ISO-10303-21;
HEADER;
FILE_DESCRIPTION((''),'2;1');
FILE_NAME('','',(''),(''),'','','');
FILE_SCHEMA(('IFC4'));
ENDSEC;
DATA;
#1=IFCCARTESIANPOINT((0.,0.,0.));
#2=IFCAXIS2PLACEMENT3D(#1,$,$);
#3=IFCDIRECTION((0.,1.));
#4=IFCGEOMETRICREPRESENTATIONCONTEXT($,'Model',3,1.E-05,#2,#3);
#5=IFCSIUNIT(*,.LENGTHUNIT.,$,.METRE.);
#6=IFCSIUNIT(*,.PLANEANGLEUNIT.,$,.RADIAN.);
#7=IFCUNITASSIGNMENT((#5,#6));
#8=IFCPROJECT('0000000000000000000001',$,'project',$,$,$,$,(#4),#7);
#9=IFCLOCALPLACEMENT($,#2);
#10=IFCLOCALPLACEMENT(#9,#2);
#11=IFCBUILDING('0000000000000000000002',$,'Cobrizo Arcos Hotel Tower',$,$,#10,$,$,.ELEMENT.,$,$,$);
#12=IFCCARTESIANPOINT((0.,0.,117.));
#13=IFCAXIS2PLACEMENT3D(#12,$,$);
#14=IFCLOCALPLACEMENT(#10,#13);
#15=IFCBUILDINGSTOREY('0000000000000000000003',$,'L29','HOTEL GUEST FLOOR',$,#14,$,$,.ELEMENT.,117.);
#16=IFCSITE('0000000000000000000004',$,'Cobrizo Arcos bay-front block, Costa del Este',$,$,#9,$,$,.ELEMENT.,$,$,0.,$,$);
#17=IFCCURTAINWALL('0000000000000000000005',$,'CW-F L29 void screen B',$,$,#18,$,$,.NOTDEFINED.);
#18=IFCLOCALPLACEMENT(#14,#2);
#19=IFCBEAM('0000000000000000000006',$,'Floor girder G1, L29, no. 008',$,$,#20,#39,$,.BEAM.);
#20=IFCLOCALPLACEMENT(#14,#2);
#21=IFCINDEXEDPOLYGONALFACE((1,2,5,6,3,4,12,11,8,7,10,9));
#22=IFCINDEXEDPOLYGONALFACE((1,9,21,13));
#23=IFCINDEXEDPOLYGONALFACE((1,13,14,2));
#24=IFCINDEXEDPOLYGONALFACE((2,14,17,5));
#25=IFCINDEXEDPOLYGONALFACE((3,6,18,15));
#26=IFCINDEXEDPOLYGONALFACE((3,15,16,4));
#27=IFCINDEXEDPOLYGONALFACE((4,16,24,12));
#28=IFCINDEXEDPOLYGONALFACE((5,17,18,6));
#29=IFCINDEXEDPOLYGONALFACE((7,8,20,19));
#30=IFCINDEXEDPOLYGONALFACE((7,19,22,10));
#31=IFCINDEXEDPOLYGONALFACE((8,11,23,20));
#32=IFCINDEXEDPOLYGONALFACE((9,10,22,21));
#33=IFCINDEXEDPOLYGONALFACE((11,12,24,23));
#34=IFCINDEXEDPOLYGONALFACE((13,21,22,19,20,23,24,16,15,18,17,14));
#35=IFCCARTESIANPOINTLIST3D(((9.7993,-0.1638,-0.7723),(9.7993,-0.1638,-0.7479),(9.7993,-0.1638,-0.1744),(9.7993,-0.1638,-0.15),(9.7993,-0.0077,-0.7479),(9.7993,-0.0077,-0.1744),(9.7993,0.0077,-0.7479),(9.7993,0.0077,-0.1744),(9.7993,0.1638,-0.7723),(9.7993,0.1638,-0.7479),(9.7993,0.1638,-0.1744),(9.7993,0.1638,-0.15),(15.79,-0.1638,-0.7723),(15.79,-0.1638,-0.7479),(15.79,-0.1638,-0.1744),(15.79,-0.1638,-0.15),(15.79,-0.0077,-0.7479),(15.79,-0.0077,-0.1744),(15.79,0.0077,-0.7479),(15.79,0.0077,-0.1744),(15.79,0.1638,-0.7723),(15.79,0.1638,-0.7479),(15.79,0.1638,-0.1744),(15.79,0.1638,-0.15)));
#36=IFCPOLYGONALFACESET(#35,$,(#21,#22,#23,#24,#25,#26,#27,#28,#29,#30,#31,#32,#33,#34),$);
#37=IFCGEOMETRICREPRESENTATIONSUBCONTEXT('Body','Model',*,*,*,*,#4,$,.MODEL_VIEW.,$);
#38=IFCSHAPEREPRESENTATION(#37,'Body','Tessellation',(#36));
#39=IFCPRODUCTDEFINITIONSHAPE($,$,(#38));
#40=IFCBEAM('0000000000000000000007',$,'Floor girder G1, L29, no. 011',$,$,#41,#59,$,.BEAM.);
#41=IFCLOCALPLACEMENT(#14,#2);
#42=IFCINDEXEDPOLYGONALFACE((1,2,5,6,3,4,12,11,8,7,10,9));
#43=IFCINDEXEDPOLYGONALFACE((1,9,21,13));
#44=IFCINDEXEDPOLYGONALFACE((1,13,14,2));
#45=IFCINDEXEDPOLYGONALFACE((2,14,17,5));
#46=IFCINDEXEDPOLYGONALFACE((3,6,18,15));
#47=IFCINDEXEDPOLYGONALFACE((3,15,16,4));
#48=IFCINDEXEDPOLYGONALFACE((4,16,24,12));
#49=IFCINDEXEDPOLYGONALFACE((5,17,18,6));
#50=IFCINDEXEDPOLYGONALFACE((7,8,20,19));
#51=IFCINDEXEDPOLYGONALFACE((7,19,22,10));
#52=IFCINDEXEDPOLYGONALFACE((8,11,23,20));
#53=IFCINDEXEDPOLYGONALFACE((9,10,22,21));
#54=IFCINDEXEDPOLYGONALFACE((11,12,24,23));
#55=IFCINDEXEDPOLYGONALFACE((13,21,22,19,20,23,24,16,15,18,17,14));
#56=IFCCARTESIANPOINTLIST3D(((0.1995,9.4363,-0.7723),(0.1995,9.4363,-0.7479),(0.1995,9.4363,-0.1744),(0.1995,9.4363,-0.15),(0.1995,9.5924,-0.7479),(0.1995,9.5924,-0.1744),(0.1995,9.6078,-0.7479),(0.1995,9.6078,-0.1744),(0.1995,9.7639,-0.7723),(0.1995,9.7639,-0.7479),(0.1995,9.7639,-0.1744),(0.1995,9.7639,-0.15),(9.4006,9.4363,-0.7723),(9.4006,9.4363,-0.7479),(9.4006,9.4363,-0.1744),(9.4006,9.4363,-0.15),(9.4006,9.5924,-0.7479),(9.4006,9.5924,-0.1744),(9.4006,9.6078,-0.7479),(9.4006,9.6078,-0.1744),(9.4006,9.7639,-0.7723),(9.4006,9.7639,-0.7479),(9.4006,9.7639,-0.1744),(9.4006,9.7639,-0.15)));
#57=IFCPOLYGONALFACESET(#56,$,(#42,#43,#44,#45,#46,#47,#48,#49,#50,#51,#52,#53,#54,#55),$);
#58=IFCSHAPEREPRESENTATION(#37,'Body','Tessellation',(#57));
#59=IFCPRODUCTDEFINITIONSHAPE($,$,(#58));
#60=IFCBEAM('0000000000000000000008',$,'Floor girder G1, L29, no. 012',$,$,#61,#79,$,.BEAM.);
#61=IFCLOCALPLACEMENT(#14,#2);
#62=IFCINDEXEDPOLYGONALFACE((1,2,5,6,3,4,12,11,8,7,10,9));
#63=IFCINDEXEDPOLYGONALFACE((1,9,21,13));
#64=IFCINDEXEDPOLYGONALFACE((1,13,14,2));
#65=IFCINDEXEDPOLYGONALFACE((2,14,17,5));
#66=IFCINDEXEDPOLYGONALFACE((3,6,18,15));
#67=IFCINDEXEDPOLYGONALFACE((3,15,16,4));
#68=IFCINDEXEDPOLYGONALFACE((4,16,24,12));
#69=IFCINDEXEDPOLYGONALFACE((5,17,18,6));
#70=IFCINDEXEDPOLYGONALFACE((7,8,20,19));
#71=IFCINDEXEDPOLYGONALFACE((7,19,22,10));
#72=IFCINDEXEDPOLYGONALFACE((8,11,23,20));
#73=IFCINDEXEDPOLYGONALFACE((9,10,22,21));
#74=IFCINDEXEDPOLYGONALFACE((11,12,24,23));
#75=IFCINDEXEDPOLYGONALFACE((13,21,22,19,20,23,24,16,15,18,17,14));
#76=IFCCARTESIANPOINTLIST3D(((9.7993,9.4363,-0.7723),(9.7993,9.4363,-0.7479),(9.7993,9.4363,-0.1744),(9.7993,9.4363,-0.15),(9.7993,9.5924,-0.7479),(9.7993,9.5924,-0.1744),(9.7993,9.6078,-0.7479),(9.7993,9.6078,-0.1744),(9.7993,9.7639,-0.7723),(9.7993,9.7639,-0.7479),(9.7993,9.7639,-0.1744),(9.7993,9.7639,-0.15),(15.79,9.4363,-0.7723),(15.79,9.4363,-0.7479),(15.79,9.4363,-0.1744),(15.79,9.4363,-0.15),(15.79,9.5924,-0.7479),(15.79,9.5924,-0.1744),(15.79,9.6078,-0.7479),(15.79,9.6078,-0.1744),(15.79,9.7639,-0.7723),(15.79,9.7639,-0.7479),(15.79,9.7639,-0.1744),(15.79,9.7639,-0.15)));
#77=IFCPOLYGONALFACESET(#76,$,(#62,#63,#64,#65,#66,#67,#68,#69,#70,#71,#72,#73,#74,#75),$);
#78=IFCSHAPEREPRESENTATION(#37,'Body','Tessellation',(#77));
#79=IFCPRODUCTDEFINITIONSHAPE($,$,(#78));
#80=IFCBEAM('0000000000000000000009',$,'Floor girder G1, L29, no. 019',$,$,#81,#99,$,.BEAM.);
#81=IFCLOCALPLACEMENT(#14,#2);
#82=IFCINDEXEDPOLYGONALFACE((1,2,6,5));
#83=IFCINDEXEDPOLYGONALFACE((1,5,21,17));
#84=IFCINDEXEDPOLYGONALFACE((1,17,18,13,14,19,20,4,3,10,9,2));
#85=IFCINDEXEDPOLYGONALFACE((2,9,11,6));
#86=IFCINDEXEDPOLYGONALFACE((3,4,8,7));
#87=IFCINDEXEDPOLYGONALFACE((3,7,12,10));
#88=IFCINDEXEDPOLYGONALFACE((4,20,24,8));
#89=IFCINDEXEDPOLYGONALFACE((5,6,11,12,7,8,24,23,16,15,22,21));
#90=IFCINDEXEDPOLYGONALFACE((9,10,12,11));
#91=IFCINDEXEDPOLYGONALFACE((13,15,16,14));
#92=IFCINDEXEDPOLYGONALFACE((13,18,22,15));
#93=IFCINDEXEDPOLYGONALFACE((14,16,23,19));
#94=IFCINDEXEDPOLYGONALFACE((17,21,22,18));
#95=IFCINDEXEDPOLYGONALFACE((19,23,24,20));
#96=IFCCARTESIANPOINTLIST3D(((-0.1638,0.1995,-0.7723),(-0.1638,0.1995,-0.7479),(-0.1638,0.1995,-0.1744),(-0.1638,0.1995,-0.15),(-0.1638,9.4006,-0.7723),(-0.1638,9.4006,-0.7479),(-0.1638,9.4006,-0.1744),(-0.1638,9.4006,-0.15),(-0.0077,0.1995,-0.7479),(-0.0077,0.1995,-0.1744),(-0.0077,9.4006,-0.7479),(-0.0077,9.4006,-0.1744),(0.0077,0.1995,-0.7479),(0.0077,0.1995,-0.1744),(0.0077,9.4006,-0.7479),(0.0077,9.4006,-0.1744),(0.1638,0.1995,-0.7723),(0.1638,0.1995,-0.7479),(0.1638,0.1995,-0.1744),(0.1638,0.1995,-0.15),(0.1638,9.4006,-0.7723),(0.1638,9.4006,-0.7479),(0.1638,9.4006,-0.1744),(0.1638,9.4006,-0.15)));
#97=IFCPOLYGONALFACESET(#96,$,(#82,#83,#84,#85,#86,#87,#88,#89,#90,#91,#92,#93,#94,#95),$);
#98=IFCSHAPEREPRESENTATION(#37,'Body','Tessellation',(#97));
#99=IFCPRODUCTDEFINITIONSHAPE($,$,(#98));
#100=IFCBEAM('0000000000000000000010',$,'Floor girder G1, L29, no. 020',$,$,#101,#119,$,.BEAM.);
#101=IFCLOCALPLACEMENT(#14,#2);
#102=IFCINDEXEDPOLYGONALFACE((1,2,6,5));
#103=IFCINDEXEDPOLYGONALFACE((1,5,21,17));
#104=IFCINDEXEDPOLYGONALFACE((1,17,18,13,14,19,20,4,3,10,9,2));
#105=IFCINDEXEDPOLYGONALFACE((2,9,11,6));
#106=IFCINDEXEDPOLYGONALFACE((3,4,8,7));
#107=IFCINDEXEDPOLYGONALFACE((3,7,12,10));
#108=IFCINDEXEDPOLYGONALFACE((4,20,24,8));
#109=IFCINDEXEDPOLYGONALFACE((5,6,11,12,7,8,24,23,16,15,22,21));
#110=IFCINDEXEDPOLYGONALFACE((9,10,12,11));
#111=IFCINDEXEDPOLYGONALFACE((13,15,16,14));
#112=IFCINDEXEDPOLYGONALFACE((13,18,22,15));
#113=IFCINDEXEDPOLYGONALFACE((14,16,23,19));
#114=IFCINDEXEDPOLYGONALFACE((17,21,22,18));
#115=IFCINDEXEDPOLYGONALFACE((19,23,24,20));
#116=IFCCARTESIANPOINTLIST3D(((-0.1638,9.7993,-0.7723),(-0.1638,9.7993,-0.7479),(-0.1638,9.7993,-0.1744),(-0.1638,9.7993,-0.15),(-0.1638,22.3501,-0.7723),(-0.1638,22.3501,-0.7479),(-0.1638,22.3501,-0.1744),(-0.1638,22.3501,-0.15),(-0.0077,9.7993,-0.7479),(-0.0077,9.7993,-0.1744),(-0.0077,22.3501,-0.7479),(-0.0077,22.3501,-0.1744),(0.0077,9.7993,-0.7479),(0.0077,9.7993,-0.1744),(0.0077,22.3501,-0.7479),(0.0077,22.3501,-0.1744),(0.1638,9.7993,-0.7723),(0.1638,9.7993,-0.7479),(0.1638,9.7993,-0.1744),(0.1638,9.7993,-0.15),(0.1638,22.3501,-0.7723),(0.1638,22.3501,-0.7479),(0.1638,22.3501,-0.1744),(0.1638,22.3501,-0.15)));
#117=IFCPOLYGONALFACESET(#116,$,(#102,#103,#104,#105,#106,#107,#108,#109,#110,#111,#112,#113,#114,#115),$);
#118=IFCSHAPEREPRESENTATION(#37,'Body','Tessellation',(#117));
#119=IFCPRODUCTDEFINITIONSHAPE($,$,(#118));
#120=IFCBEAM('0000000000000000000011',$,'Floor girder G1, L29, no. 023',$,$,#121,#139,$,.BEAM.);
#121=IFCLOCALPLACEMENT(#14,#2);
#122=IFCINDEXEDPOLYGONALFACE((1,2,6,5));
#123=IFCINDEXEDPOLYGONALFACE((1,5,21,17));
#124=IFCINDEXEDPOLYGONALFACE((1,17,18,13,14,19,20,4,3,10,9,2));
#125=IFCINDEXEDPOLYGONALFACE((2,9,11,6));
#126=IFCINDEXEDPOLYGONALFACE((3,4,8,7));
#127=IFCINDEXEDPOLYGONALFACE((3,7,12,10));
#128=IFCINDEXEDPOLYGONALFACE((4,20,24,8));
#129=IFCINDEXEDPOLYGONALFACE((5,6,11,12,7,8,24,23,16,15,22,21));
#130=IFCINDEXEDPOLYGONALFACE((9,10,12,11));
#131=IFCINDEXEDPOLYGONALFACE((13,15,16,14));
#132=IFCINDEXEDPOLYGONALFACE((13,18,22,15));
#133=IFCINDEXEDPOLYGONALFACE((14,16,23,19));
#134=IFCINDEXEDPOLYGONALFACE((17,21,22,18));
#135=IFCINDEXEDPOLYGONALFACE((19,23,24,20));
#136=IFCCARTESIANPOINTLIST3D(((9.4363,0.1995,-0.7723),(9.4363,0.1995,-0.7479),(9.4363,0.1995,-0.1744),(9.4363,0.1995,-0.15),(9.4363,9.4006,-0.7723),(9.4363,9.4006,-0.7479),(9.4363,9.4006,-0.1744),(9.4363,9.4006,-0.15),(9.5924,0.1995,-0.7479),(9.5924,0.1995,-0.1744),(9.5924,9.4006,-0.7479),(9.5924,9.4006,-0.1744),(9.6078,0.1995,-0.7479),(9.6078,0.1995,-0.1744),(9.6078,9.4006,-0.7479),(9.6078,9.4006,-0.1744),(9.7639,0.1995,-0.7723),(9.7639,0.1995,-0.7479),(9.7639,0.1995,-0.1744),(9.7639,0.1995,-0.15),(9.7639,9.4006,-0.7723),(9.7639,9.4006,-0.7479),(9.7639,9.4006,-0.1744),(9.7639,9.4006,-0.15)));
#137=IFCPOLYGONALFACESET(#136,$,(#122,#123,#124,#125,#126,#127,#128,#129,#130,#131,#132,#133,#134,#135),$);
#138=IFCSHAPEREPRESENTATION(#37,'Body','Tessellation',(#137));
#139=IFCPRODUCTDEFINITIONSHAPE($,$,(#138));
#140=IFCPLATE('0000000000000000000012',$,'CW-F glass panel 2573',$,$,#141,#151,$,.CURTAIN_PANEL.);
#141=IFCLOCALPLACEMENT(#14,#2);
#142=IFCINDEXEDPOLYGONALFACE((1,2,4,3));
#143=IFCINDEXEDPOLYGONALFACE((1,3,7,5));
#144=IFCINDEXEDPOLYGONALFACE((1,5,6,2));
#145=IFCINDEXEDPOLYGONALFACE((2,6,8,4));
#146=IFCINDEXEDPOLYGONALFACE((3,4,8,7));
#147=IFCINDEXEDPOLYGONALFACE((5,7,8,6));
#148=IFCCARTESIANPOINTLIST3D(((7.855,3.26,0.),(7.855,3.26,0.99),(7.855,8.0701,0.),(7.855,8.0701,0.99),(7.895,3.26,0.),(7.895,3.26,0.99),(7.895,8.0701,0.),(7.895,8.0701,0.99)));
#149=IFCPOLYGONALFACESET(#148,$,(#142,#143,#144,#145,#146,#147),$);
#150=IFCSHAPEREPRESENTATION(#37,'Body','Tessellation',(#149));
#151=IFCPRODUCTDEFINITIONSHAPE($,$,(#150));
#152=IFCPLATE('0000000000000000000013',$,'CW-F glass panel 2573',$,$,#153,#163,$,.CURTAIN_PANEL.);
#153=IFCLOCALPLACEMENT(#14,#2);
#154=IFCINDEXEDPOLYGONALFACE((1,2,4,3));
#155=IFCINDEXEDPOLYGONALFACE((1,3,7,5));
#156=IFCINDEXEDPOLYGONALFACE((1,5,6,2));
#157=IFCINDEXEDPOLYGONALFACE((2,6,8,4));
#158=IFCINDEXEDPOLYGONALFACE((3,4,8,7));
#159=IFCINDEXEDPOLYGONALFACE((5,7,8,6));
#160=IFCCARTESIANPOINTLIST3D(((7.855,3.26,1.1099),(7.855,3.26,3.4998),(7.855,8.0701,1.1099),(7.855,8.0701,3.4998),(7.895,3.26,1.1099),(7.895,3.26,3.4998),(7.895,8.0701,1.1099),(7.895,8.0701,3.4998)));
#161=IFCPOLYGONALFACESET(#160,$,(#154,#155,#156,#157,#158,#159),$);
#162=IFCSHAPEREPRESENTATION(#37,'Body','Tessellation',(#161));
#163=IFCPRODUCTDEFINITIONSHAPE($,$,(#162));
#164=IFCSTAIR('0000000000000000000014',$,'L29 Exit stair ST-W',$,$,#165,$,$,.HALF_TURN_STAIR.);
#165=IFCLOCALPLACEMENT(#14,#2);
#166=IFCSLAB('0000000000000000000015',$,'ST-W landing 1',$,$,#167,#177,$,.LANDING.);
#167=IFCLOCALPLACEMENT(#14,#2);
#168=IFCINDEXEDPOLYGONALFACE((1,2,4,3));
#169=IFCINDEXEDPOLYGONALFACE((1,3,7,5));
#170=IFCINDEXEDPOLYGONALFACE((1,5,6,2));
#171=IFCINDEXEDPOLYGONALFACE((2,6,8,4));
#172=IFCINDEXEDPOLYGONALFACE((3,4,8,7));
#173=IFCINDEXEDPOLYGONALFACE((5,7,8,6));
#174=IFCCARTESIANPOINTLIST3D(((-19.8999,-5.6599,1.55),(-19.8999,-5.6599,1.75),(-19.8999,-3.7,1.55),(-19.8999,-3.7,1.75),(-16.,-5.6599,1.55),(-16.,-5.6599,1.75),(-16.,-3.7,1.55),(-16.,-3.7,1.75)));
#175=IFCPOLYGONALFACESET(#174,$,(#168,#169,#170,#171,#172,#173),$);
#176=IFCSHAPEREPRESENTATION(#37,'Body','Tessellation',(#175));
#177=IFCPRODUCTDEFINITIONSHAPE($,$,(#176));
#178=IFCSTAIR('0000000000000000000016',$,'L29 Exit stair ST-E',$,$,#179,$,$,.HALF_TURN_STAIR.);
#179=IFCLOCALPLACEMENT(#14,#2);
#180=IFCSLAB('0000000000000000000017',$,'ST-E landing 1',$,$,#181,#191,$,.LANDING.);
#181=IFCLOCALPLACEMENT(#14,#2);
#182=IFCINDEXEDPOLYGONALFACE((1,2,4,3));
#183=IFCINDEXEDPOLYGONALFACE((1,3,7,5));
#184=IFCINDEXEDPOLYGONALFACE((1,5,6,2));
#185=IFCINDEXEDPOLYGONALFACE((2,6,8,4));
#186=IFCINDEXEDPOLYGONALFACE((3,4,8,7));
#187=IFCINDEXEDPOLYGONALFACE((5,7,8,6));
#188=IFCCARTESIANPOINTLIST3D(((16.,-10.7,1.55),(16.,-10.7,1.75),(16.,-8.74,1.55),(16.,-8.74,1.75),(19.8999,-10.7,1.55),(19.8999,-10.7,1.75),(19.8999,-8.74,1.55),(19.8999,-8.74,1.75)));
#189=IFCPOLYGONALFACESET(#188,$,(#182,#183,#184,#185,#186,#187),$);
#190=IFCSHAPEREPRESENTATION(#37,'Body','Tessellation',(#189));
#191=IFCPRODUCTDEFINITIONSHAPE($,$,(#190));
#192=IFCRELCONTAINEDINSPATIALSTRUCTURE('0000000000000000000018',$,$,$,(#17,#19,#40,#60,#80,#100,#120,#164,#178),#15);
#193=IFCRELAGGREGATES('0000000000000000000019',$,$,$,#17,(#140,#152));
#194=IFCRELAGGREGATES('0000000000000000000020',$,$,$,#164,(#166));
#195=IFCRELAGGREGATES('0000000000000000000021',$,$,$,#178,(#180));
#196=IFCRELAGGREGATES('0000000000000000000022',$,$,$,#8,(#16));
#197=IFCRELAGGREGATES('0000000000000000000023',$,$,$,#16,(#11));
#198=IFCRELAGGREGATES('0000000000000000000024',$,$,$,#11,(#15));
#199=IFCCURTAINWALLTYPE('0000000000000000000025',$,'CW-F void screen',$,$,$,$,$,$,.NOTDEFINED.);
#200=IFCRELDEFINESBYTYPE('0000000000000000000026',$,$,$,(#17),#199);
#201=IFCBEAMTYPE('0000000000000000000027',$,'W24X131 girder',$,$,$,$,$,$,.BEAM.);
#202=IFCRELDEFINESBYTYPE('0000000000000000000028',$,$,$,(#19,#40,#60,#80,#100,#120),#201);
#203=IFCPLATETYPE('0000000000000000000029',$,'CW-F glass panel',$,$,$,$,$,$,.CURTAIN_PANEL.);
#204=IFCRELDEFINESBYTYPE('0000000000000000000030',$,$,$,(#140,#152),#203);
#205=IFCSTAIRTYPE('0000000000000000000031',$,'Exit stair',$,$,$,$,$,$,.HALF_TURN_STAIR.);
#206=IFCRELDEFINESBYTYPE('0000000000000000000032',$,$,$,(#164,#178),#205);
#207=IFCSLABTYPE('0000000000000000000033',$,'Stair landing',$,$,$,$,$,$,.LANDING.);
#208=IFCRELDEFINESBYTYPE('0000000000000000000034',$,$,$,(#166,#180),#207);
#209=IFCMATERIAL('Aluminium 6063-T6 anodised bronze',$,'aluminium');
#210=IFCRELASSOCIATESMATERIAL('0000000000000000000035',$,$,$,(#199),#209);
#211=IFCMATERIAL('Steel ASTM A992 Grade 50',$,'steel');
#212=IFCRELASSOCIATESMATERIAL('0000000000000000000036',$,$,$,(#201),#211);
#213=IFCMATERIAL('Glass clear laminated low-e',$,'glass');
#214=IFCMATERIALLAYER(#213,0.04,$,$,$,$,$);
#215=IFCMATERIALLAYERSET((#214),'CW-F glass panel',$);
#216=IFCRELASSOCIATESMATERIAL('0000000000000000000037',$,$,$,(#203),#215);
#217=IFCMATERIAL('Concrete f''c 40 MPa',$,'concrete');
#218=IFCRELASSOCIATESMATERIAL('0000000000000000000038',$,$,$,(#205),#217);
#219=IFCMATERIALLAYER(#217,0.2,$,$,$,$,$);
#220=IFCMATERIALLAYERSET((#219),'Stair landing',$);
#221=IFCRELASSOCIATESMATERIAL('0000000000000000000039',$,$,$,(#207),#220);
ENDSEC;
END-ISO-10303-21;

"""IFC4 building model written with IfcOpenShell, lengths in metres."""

from ifc_helpers import new_model, si_unit, direction, frame, origin, origin_2d, place, context, subcontext, project, spatial, polyline, rectangle, i_section, outline, extrude, material, layer, layer_set, material_profile, profile_set, type_object, element, aggregate, save


model = new_model("IFC4")

# Units and contexts
model_context = context("Model", 3, precision=1e-05, world=origin(), true_north=direction((0.0, 1.0)))
body_context = subcontext(model_context, "Body", "Model", "MODEL_VIEW")
ifc_project = project(units=[si_unit("LENGTHUNIT", "METRE"), si_unit("PLANEANGLEUNIT", "RADIAN")], contexts=[model_context])

# Site, building, storey
site_placement = place(None, origin())
site = spatial("IfcSite", under=ifc_project, at=site_placement, Name="Cobrizo Arcos bay-front block, Costa del Este", CompositionType="ELEMENT", RefElevation=0.0)
building_placement = place(site_placement, origin())
building = spatial("IfcBuilding", under=site, at=building_placement, Name="Cobrizo Arcos Hotel Tower", CompositionType="ELEMENT")
storey_placement = place(building_placement, frame((0.0, 0.0, 117.0)))
storey = spatial("IfcBuildingStorey", under=building, at=storey_placement, Name="L29", Description="HOTEL GUEST FLOOR", CompositionType="ELEMENT", Elevation=117.0)

# Shared definitions
ifc_material_1 = material(Name="Steel ASTM A992 Grade 50", Category="steel")

# Shared definitions
ifc_material_2 = material(Name="Aluminium 6063-T6 anodised bronze", Category="aluminium")
curtain_wall_type = type_object("IfcCurtainWallType", Name="CW-F void screen", PredefinedType="NOTDEFINED", material=ifc_material_2)

# Curtain wall
curtain_wall_1_placement = place(storey_placement, origin())
curtain_wall_1 = element("IfcCurtainWall", 1, at=curtain_wall_1_placement, inside=storey, type_object=curtain_wall_type, Name="CW-F L29 void screen B", PredefinedType="NOTDEFINED")

# Beams
ifc_material_profile_1 = material_profile(ifc_material_1, i_section(OverallWidth=0.3276, OverallDepth=0.6223, WebThickness=0.0154, FlangeThickness=0.0244, at=origin_2d()), Name="W24X131")
ifc_profile_set_1 = profile_set([ifc_material_profile_1], Name="Steel ASTM A992 Grade 50")
beam_type_1 = type_object("IfcBeamType", Name="W24X131 girder", PredefinedType="BEAM", material=ifc_profile_set_1)
beam_1_placement = place(storey_placement, frame((9.7993, 0.0, -0.4612), z_axis=(1.0, 0.0, 0.0), x_axis=(0.0, 1.0, 0.0)))
element("IfcBeam", 2, at=beam_1_placement, inside=storey, type_object=beam_type_1, Name="Floor girder G1, L29, no. 008", PredefinedType="BEAM", context=body_context, shape_type="SweptSolid", body=[
    extrude(i_section(OverallWidth=0.3276, OverallDepth=0.6223, WebThickness=0.0154, FlangeThickness=0.0244, at=origin_2d()), origin(), (0.0, 0.0, 1.0), 5.9907),
])
beam_2_placement = place(storey_placement, frame((0.1995, 9.6001, -0.4612), z_axis=(1.0, 0.0, 0.0), x_axis=(0.0, 1.0, 0.0)))
element("IfcBeam", 3, at=beam_2_placement, inside=storey, type_object=beam_type_1, Name="Floor girder G1, L29, no. 011", PredefinedType="BEAM", context=body_context, shape_type="SweptSolid", body=[
    extrude(i_section(OverallWidth=0.3276, OverallDepth=0.6223, WebThickness=0.0154, FlangeThickness=0.0244, at=origin_2d()), origin(), (0.0, 0.0, 1.0), 9.2012),
])
beam_3_placement = place(storey_placement, frame((9.7993, 9.6001, -0.4612), z_axis=(1.0, 0.0, 0.0), x_axis=(0.0, 1.0, 0.0)))
element("IfcBeam", 4, at=beam_3_placement, inside=storey, type_object=beam_type_1, Name="Floor girder G1, L29, no. 012", PredefinedType="BEAM", context=body_context, shape_type="SweptSolid", body=[
    extrude(i_section(OverallWidth=0.3276, OverallDepth=0.6223, WebThickness=0.0154, FlangeThickness=0.0244, at=origin_2d()), origin(), (0.0, 0.0, 1.0), 5.9907),
])
beam_4_placement = place(storey_placement, frame((0.0, 0.1995, -0.4612), z_axis=(0.0, 1.0, 0.0), x_axis=(-1.0, 0.0, 0.0)))
element("IfcBeam", 5, at=beam_4_placement, inside=storey, type_object=beam_type_1, Name="Floor girder G1, L29, no. 019", PredefinedType="BEAM", context=body_context, shape_type="SweptSolid", body=[
    extrude(i_section(OverallWidth=0.3276, OverallDepth=0.6223, WebThickness=0.0154, FlangeThickness=0.0244, at=origin_2d()), origin(), (0.0, 0.0, 1.0), 9.2012),
])
beam_5_placement = place(storey_placement, frame((0.0, 9.7993, -0.4612), z_axis=(0.0, 1.0, 0.0), x_axis=(-1.0, 0.0, 0.0)))
element("IfcBeam", 6, at=beam_5_placement, inside=storey, type_object=beam_type_1, Name="Floor girder G1, L29, no. 020", PredefinedType="BEAM", context=body_context, shape_type="SweptSolid", body=[
    extrude(i_section(OverallWidth=0.3276, OverallDepth=0.6223, WebThickness=0.0154, FlangeThickness=0.0244, at=origin_2d()), origin(), (0.0, 0.0, 1.0), 12.5508),
])
beam_6_placement = place(storey_placement, frame((9.6001, 0.1995, -0.4612), z_axis=(0.0, 1.0, 0.0), x_axis=(-1.0, 0.0, 0.0)))
element("IfcBeam", 7, at=beam_6_placement, inside=storey, type_object=beam_type_1, Name="Floor girder G1, L29, no. 023", PredefinedType="BEAM", context=body_context, shape_type="SweptSolid", body=[
    extrude(i_section(OverallWidth=0.3276, OverallDepth=0.6223, WebThickness=0.0154, FlangeThickness=0.0244, at=origin_2d()), origin(), (0.0, 0.0, 1.0), 9.2012),
])

# Plates
ifc_material_3 = material(Name="Glass clear laminated low-e", Category="glass")
ifc_layer_1 = layer(ifc_material_3, 0.04)
ifc_layer_set_1 = layer_set([ifc_layer_1], Name="CW-F glass panel")
plate_type = type_object("IfcPlateType", Name="CW-F glass panel", PredefinedType="CURTAIN_PANEL", material=ifc_layer_set_1)
plate_1_placement = place(storey_placement, frame((7.875, 5.665, 0.0), z_axis=(0.0, 0.0, 1.0), x_axis=(0.0, 1.0, 0.0)))
plate_1 = element("IfcPlate", 8, at=plate_1_placement, type_object=plate_type, Name="CW-F glass panel 2573", PredefinedType="CURTAIN_PANEL", context=body_context, shape_type="SweptSolid", body=[
    extrude(rectangle(XDim=4.8101, YDim=0.04, at=origin_2d()), origin(), (0.0, 0.0, 1.0), 0.99),
])
plate_2_placement = place(storey_placement, frame((7.875, 5.665, 1.1099), z_axis=(0.0, 0.0, 1.0), x_axis=(0.0, 1.0, 0.0)))
plate_2 = element("IfcPlate", 9, at=plate_2_placement, type_object=plate_type, Name="CW-F glass panel 2573", PredefinedType="CURTAIN_PANEL", context=body_context, shape_type="SweptSolid", body=[
    extrude(rectangle(XDim=4.8101, YDim=0.04, at=origin_2d()), origin(), (0.0, 0.0, 1.0), 2.3899),
])
aggregate(curtain_wall_1, [plate_1, plate_2])

# Stairs, slabs
ifc_material_4 = material(Name="Concrete f'c 40 MPa", Category="concrete")
stair_type = type_object("IfcStairType", Name="Exit stair", PredefinedType="HALF_TURN_STAIR", material=ifc_material_4)
stair_1_placement = place(storey_placement, origin())
stair_1 = element("IfcStair", 10, at=stair_1_placement, inside=storey, type_object=stair_type, Name="L29 Exit stair ST-W", PredefinedType="HALF_TURN_STAIR")
ifc_layer_2 = layer(ifc_material_4, 0.2)
ifc_layer_set_2 = layer_set([ifc_layer_2], Name="Stair landing")
slab_type = type_object("IfcSlabType", Name="Stair landing", PredefinedType="LANDING", material=ifc_layer_set_2)
slab_1_placement = place(storey_placement, frame((0.0, 0.0, 1.55)))
slab_1 = element("IfcSlab", 11, at=slab_1_placement, type_object=slab_type, Name="ST-W landing 1", PredefinedType="LANDING", context=body_context, shape_type="SweptSolid", body=[
    extrude(outline(polyline([(-16.0, -5.6599), (-16.0, -3.7), (-19.8999, -3.7), (-19.8999, -5.6599), (-16.0, -5.6599)])), origin(), (0.0, 0.0, 1.0), 0.2),
])
aggregate(stair_1, [slab_1])
stair_2_placement = place(storey_placement, origin())
stair_2 = element("IfcStair", 12, at=stair_2_placement, inside=storey, type_object=stair_type, Name="L29 Exit stair ST-E", PredefinedType="HALF_TURN_STAIR")
slab_2_placement = place(storey_placement, frame((0.0, 0.0, 1.55)))
slab_2 = element("IfcSlab", 13, at=slab_2_placement, type_object=slab_type, Name="ST-E landing 1", PredefinedType="LANDING", context=body_context, shape_type="SweptSolid", body=[
    extrude(outline(polyline([(16.0, -8.74), (16.0, -10.7), (19.8999, -10.7), (19.8999, -8.74), (16.0, -8.74)])), origin(), (0.0, 0.0, 1.0), 0.2),
])
aggregate(stair_2, [slab_2])

save(model, "model.ifc")
